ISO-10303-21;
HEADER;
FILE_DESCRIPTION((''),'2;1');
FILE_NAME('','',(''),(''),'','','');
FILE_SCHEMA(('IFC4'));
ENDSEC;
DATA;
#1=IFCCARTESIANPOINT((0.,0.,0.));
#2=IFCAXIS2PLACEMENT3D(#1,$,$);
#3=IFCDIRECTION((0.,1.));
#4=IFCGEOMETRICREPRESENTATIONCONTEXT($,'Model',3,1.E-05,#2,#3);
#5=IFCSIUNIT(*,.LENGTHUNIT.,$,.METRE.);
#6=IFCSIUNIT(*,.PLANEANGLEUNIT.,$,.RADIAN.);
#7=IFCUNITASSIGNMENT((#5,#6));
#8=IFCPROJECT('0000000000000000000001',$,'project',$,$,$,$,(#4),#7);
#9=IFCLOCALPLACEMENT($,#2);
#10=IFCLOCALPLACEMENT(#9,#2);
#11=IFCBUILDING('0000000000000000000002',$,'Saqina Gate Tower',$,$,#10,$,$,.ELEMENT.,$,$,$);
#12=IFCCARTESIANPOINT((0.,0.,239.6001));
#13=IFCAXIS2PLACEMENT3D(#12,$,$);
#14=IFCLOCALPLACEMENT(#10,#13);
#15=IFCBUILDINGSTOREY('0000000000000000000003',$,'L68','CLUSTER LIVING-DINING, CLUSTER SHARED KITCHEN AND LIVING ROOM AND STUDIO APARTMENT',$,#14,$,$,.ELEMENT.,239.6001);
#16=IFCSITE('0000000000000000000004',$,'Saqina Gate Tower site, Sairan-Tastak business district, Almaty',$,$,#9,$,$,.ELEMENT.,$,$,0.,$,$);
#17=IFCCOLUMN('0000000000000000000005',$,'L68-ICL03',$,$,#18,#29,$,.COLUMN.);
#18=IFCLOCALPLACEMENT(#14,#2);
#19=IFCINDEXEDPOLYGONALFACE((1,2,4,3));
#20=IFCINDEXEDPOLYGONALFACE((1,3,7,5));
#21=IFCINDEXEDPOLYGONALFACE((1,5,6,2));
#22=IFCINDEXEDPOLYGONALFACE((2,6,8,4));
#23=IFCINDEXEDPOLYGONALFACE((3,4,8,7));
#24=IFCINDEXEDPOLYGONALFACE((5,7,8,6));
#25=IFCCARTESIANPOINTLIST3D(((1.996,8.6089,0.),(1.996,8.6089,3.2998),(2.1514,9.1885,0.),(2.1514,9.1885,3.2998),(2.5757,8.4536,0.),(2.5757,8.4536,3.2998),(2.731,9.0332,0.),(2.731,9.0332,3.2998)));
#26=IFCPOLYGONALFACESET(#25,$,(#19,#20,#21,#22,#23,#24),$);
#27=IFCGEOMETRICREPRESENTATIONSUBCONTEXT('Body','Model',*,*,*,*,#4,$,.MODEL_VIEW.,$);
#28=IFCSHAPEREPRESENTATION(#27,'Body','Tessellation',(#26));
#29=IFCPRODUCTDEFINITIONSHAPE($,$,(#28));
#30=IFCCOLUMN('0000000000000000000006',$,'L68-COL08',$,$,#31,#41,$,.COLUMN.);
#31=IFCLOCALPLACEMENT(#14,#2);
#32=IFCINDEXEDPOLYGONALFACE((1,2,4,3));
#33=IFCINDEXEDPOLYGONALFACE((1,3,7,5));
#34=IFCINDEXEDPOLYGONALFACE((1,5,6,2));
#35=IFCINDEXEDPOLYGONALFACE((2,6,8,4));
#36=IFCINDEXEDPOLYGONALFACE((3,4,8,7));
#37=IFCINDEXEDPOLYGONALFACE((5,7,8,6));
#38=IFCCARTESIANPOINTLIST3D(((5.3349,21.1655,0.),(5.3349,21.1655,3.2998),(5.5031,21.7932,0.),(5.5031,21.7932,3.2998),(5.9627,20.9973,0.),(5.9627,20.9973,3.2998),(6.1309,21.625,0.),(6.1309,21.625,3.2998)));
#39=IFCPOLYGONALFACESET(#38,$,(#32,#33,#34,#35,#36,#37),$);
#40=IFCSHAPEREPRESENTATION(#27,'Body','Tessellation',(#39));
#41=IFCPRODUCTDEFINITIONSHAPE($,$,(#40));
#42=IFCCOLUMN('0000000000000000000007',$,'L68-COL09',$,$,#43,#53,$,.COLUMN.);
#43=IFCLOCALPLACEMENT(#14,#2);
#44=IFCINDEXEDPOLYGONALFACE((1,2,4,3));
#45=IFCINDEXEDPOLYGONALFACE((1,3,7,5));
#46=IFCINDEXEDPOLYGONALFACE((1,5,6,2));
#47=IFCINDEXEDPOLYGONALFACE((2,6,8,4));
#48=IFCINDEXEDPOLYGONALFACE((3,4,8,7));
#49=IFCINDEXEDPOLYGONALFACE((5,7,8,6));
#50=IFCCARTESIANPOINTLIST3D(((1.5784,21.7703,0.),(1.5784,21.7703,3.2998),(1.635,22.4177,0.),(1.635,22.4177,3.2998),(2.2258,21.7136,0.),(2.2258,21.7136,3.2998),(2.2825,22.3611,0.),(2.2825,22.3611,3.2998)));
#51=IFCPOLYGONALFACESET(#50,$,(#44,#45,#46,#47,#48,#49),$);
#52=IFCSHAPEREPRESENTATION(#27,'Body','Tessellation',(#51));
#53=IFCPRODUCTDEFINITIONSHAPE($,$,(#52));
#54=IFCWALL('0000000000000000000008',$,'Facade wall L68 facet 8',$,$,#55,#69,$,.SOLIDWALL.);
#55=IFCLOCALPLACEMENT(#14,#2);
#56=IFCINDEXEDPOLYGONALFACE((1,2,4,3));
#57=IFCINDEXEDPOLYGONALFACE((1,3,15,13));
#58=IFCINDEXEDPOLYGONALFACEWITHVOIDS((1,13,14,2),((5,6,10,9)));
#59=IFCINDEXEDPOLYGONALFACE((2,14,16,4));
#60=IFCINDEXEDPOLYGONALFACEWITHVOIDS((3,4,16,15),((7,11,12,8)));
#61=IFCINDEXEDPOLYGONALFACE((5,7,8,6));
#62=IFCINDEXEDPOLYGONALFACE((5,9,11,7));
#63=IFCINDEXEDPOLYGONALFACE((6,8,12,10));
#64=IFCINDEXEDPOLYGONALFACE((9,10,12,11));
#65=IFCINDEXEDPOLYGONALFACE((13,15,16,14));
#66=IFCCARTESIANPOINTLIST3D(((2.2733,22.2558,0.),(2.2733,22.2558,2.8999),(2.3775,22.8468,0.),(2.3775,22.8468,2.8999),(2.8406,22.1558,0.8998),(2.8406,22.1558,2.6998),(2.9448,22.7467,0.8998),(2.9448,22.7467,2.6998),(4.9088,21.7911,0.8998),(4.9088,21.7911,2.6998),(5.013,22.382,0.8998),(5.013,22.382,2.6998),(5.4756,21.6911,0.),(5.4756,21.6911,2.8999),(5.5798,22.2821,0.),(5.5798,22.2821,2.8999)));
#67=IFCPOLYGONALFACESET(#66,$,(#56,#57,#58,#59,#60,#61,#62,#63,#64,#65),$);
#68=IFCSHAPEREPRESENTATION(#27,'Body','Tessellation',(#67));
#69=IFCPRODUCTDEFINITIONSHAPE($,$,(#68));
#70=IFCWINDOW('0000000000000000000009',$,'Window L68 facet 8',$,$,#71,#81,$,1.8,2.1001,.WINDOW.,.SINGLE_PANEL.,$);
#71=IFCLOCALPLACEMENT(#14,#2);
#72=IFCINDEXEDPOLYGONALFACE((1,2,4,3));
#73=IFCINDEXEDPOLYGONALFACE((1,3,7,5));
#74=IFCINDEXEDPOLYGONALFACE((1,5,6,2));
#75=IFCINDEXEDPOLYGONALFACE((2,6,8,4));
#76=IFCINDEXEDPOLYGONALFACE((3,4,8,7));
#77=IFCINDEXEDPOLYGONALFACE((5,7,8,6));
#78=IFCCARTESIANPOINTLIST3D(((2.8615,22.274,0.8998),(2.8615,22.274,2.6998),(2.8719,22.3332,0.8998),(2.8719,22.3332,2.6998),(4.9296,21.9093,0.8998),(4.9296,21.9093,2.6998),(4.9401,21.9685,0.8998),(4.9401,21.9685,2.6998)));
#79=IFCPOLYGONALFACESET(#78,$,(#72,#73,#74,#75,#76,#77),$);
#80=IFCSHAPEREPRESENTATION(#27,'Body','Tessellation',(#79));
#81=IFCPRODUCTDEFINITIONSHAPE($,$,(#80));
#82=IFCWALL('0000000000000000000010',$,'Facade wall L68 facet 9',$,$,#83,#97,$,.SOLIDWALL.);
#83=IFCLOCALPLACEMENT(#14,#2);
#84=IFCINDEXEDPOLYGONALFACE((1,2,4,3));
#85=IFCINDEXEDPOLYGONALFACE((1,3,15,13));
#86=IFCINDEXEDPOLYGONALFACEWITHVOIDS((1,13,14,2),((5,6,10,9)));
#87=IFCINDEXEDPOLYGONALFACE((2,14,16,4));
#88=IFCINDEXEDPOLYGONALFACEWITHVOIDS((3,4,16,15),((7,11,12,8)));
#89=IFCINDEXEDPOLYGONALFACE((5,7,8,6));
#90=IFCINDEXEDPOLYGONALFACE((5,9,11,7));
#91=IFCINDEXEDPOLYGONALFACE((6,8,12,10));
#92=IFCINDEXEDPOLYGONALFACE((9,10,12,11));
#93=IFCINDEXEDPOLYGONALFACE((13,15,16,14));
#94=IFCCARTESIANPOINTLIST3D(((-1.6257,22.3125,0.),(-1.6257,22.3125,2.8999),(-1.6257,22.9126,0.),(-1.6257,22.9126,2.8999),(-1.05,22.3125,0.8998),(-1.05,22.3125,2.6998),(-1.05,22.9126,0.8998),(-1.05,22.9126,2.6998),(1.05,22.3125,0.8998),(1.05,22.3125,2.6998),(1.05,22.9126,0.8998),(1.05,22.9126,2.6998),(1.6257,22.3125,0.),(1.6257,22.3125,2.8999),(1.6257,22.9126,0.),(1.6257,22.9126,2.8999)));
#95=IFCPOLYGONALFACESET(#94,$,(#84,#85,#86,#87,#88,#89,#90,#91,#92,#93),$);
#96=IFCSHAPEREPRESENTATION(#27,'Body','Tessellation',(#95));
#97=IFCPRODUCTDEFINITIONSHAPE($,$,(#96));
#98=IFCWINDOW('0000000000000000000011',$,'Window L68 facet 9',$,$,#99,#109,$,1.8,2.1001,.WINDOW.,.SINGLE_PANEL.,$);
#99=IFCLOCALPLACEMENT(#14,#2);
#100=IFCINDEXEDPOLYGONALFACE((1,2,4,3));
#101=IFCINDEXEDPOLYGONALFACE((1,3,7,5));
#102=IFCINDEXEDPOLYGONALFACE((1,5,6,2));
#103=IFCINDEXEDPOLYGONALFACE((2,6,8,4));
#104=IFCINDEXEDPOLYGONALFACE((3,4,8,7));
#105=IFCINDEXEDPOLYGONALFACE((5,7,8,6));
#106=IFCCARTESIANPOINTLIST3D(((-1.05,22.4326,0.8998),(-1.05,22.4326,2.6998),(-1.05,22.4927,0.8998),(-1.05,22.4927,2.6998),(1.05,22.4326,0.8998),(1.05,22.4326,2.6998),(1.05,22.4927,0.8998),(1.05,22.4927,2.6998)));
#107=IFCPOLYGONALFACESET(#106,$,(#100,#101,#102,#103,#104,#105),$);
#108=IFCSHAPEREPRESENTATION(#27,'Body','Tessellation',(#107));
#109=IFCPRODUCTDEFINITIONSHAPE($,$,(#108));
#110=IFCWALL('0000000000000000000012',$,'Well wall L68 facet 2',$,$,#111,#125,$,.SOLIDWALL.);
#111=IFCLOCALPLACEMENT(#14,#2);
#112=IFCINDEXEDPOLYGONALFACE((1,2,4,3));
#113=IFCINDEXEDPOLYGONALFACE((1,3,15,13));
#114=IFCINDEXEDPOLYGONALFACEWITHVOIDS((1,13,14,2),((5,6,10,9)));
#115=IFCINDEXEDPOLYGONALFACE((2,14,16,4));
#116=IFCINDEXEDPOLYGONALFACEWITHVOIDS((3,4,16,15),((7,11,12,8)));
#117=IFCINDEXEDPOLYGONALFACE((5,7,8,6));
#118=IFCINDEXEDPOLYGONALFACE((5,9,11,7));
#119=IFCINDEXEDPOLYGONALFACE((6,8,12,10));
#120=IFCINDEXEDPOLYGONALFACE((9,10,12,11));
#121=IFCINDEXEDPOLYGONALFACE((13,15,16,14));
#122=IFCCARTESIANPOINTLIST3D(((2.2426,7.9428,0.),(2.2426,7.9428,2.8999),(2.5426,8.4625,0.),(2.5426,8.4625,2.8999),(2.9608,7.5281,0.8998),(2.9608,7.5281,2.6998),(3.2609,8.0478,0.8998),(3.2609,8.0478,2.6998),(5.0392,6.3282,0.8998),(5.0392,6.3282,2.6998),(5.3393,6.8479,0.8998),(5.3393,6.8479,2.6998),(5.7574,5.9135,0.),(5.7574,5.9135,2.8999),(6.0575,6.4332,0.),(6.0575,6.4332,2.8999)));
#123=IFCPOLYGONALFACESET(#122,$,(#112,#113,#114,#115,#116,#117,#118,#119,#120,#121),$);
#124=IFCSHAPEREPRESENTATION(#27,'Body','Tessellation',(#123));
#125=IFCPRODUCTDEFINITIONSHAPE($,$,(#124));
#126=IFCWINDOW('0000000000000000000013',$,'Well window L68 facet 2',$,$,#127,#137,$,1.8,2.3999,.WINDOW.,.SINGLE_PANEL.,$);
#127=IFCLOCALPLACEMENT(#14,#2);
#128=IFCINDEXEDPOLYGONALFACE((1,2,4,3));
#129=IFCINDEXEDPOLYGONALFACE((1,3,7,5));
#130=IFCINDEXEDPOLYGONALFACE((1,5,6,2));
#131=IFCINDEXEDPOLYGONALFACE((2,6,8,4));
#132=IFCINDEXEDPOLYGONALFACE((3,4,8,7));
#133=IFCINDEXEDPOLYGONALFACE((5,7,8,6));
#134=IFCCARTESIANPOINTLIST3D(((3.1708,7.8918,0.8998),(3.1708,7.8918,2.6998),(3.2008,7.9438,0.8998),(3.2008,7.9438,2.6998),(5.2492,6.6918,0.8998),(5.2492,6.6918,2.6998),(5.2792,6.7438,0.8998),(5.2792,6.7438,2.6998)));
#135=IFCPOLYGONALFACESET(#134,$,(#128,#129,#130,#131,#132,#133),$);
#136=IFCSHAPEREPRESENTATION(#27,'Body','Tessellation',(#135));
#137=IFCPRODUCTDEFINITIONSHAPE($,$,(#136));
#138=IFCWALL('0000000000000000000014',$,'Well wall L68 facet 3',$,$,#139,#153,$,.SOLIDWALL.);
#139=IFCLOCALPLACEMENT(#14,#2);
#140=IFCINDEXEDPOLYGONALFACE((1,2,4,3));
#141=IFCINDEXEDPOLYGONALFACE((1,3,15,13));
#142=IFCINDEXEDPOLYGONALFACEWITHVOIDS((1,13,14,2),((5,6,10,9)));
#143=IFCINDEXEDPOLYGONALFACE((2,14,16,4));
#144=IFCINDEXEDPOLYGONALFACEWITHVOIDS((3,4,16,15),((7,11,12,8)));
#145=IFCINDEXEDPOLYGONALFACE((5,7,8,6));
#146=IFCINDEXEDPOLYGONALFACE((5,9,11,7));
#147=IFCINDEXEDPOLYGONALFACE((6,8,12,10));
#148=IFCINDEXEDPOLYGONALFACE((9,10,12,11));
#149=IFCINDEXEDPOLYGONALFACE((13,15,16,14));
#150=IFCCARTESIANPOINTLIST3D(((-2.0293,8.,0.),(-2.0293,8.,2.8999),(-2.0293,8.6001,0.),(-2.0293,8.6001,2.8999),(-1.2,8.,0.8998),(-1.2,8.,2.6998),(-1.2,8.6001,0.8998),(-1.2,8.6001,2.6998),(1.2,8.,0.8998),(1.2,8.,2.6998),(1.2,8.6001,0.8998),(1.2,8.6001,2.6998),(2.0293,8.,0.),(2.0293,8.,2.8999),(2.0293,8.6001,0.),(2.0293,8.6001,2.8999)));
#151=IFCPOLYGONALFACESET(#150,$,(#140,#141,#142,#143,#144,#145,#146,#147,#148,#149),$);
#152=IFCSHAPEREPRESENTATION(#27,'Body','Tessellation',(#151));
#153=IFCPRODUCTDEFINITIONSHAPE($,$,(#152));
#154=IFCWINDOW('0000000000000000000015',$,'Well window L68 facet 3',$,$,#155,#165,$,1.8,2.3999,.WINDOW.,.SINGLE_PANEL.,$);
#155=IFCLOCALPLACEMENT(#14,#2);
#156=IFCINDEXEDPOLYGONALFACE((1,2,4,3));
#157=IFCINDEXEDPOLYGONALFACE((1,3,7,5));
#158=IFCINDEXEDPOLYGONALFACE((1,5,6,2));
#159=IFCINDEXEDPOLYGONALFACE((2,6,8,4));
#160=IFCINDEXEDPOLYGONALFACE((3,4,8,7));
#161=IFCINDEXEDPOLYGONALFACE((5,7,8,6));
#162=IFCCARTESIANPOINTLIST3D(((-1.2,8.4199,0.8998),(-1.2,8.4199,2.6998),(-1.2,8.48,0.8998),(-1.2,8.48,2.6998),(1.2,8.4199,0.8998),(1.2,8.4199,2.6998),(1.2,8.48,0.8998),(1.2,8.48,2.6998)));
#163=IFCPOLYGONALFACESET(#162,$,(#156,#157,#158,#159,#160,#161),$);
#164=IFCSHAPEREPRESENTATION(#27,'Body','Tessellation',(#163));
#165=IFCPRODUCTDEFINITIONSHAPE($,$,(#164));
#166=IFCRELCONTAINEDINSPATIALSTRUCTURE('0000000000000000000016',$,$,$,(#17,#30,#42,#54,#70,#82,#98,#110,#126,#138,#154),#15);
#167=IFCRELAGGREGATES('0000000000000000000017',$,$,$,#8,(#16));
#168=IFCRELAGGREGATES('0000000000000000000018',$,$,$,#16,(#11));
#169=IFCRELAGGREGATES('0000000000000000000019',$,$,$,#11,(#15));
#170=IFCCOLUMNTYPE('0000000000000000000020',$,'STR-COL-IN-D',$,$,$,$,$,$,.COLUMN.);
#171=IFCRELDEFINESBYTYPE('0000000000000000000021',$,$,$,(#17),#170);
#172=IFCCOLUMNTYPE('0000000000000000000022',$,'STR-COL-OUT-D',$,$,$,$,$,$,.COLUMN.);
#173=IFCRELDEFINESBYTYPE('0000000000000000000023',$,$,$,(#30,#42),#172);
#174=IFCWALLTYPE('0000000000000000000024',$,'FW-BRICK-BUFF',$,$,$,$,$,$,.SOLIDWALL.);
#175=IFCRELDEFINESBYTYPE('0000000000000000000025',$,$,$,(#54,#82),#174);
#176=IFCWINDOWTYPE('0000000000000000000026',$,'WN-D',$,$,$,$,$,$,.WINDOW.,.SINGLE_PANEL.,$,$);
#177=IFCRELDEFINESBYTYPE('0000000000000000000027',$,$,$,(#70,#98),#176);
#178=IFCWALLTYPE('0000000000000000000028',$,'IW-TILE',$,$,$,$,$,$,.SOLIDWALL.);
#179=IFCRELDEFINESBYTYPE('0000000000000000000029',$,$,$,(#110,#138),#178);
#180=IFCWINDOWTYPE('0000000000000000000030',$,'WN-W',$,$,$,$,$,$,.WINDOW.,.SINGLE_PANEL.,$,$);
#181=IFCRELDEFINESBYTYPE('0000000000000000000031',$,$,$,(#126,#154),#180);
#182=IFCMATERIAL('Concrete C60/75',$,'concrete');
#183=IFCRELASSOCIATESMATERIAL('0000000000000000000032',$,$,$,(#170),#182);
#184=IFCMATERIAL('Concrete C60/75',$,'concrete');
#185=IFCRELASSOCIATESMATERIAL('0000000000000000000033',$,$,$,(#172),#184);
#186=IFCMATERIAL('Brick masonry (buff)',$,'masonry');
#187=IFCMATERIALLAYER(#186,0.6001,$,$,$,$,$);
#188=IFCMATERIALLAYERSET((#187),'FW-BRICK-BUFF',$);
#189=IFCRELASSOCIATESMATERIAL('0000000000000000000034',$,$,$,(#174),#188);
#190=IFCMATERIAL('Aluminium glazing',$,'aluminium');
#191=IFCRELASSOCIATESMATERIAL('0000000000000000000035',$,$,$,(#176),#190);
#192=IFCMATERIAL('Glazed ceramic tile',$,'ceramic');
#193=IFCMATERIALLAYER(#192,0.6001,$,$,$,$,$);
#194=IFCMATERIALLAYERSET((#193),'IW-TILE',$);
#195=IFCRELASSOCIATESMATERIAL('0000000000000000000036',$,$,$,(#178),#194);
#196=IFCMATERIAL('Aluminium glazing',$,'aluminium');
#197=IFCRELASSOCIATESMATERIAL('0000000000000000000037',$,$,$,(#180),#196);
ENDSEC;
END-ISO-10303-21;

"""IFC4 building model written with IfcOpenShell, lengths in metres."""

from ifc_helpers import new_model, si_unit, direction, frame, frame_2d, origin, origin_2d, place, context, subcontext, project, spatial, rectangle, extrude, material, layer, layer_set, material_profile, profile_set, type_object, element, fill, save


model = new_model("IFC4")

# Units and contexts
model_context = context("Model", 3, precision=1e-05, world=origin(), true_north=direction((0.0, 1.0)))
body_context = subcontext(model_context, "Body", "Model", "MODEL_VIEW")
ifc_project = project(units=[si_unit("LENGTHUNIT", "METRE"), si_unit("PLANEANGLEUNIT", "RADIAN")], contexts=[model_context])

# Site, building, storey
site_placement = place(None, origin())
site = spatial("IfcSite", under=ifc_project, at=site_placement, Name="Saqina Gate Tower site, Sairan-Tastak business district, Almaty", CompositionType="ELEMENT", RefElevation=0.0)
building_placement = place(site_placement, origin())
building = spatial("IfcBuilding", under=site, at=building_placement, Name="Saqina Gate Tower", CompositionType="ELEMENT")
storey_placement = place(building_placement, frame((0.0, 0.0, 239.6001)))
storey = spatial("IfcBuildingStorey", under=building, at=storey_placement, Name="L68", Description="CLUSTER LIVING-DINING, CLUSTER SHARED KITCHEN AND LIVING ROOM AND STUDIO APARTMENT", CompositionType="ELEMENT", Elevation=239.6001)

# Columns
ifc_material_1 = material(Name="Concrete C60/75", Category="concrete")
ifc_material_profile_1 = material_profile(ifc_material_1, rectangle(XDim=0.6001, YDim=0.6001, at=origin_2d()), Name="RC 600x600")
ifc_profile_set_1 = profile_set([ifc_material_profile_1], Name="Concrete C60/75")
column_type_1 = type_object("IfcColumnType", Name="STR-COL-IN-D", PredefinedType="COLUMN", material=ifc_profile_set_1)
column_placement = place(storey_placement, frame((2.3635, 8.821, 0.0), z_axis=(0.0, 0.0, 1.0), x_axis=(0.258819, 0.965926, 0.0)))
element("IfcColumn", 1, at=column_placement, inside=storey, type_object=column_type_1, Name="L68-ICL03", PredefinedType="COLUMN", context=body_context, shape_type="SweptSolid", body=[
    extrude(rectangle(XDim=0.6001, YDim=0.6001, at=origin_2d()), origin(), (0.0, 0.0, 1.0), 3.2998),
])
ifc_material_2 = material(Name="Concrete C60/75", Category="concrete")
ifc_material_profile_2 = material_profile(ifc_material_2, rectangle(XDim=0.6499, YDim=0.6499, at=origin_2d()), Name="RC 650x650")
ifc_profile_set_2 = profile_set([ifc_material_profile_2], Name="Concrete C60/75")
column_type_2 = type_object("IfcColumnType", Name="STR-COL-OUT-D", PredefinedType="COLUMN", material=ifc_profile_set_2)
for number, where, z_axis, x_axis, name in (
    (2, (5.7329, 21.3953, 0.0), (0.0, 0.0, 1.0), (0.258819, 0.965926, 0.0), "L68-COL08"),
    (3, (1.9304, 22.0657, 0.0), (0.0, 0.0, 1.0), (0.087156, 0.996195, 0.0), "L68-COL09"),
):
    element("IfcColumn", number, at=place(storey_placement, frame(where, z_axis=z_axis, x_axis=x_axis)), inside=storey, type_object=column_type_2, Name=name, PredefinedType="COLUMN", context=body_context, shape_type="SweptSolid", body=[
        extrude(rectangle(XDim=0.6499, YDim=0.6499, at=origin_2d()), origin(), (0.0, 0.0, 1.0), 3.2998),
    ])

# Walls, openings, windows
ifc_material_3 = material(Name="Brick masonry (buff)", Category="masonry")
ifc_layer_1 = layer(ifc_material_3, 0.6001)
ifc_layer_set_1 = layer_set([ifc_layer_1], Name="FW-BRICK-BUFF")
wall_type_1 = type_object("IfcWallType", Name="FW-BRICK-BUFF", PredefinedType="SOLIDWALL", material=ifc_layer_set_1)
wall_1_placement = place(storey_placement, frame((5.5278, 21.9866, 0.0), z_axis=(0.0, 0.0, 1.0), x_axis=(-0.984806, 0.173657, 0.0)))
wall_1 = element("IfcWall", 4, at=wall_1_placement, inside=storey, type_object=wall_type_1, Name="Facade wall L68 facet 8", PredefinedType="SOLIDWALL", context=body_context, shape_type="SweptSolid", body=[
    extrude(rectangle(XDim=3.2517, YDim=0.6001, at=frame_2d((1.626, 0.0))), origin(), (0.0, 0.0, 1.0), 2.8999),
])
opening_1_placement = place(wall_1_placement, frame((0.5757, 0.0, 0.8999)))
opening_1 = element("IfcOpeningElement", 5, at=opening_1_placement, cuts=wall_1, PredefinedType="OPENING", context=body_context, shape_type="SweptSolid", body=[
    extrude(rectangle(XDim=2.1001, YDim=1.8, at=frame_2d((1.05, 0.8999))), frame((0.0, 0.312, 0.0), z_axis=(0.0, -1.0, 0.0), x_axis=(1.0, 0.0, 0.0)), (0.0, 0.0, 1.0), 0.624),
])
ifc_material_4 = material(Name="Aluminium glazing", Category="aluminium")
window_type_1 = type_object("IfcWindowType", Name="WN-D", PartitioningType="SINGLE_PANEL", PredefinedType="WINDOW", material=ifc_material_4)
window_1_placement = place(opening_1_placement, origin())
window_1 = element("IfcWindow", 6, at=window_1_placement, inside=storey, type_object=window_type_1, Name="Window L68 facet 8", OverallHeight=1.8, OverallWidth=2.1001, PartitioningType="SINGLE_PANEL", PredefinedType="WINDOW", context=body_context, shape_type="SweptSolid", body=[
    extrude(rectangle(XDim=2.1001, YDim=1.8, at=frame_2d((1.05, 0.8999))), frame((0.0, 0.1799, 0.0), z_axis=(0.0, -1.0, 0.0), x_axis=(1.0, 0.0, 0.0)), (0.0, 0.0, 1.0), 0.0601),
])
fill(opening_1, window_1)
wall_2_placement = place(storey_placement, frame((1.6257, 22.6125, 0.0), z_axis=(0.0, 0.0, 1.0), x_axis=(-1.0, 0.0, 0.0)))
wall_2 = element("IfcWall", 7, at=wall_2_placement, inside=storey, type_object=wall_type_1, Name="Facade wall L68 facet 9", PredefinedType="SOLIDWALL", context=body_context, shape_type="SweptSolid", body=[
    extrude(rectangle(XDim=3.2515, YDim=0.6001, at=frame_2d((1.6257, 0.0))), origin(), (0.0, 0.0, 1.0), 2.8999),
])
opening_2_placement = place(wall_2_placement, frame((0.5757, 0.0, 0.8999)))
opening_2 = element("IfcOpeningElement", 8, at=opening_2_placement, cuts=wall_2, PredefinedType="OPENING", context=body_context, shape_type="SweptSolid", body=[
    extrude(rectangle(XDim=2.1001, YDim=1.8, at=frame_2d((1.05, 0.8999))), frame((0.0, 0.312, 0.0), z_axis=(0.0, -1.0, 0.0), x_axis=(1.0, 0.0, 0.0)), (0.0, 0.0, 1.0), 0.624),
])
window_2_placement = place(opening_2_placement, origin())
window_2 = element("IfcWindow", 9, at=window_2_placement, inside=storey, type_object=window_type_1, Name="Window L68 facet 9", OverallHeight=1.8, OverallWidth=2.1001, PartitioningType="SINGLE_PANEL", PredefinedType="WINDOW", context=body_context, shape_type="SweptSolid", body=[
    extrude(rectangle(XDim=2.1001, YDim=1.8, at=frame_2d((1.05, 0.8999))), frame((0.0, 0.1799, 0.0), z_axis=(0.0, -1.0, 0.0), x_axis=(1.0, 0.0, 0.0)), (0.0, 0.0, 1.0), 0.0601),
])
fill(opening_2, window_2)
ifc_material_5 = material(Name="Glazed ceramic tile", Category="ceramic")
ifc_layer_2 = layer(ifc_material_5, 0.6001)
ifc_layer_set_2 = layer_set([ifc_layer_2], Name="IW-TILE")
wall_type_2 = type_object("IfcWallType", Name="IW-TILE", PredefinedType="SOLIDWALL", material=ifc_layer_set_2)
wall_3_placement = place(storey_placement, frame((5.9075, 6.1733, 0.0), z_axis=(0.0, 0.0, 1.0), x_axis=(-0.866028, 0.499995, 0.0)))
wall_3 = element("IfcWall", 10, at=wall_3_placement, inside=storey, type_object=wall_type_2, Name="Well wall L68 facet 2", PredefinedType="SOLIDWALL", context=body_context, shape_type="SweptSolid", body=[
    extrude(rectangle(XDim=4.0586, YDim=0.6001, at=frame_2d((2.0293, 0.0))), origin(), (0.0, 0.0, 1.0), 2.8999),
])
opening_3_placement = place(wall_3_placement, frame((0.8293, 0.0, 0.8999)))
opening_3 = element("IfcOpeningElement", 11, at=opening_3_placement, cuts=wall_3, PredefinedType="OPENING", context=body_context, shape_type="SweptSolid", body=[
    extrude(rectangle(XDim=2.3999, YDim=1.8, at=frame_2d((1.2, 0.8999))), frame((0.0, 0.312, 0.0), z_axis=(0.0, -1.0, 0.0), x_axis=(1.0, 0.0, 0.0)), (0.0, 0.0, 1.0), 0.624),
])
ifc_material_6 = material(Name="Aluminium glazing", Category="aluminium")
window_type_2 = type_object("IfcWindowType", Name="WN-W", PartitioningType="SINGLE_PANEL", PredefinedType="WINDOW", material=ifc_material_6)
window_3_placement = place(opening_3_placement, origin())
window_3 = element("IfcWindow", 12, at=window_3_placement, inside=storey, type_object=window_type_2, Name="Well window L68 facet 2", OverallHeight=1.8, OverallWidth=2.3999, PartitioningType="SINGLE_PANEL", PredefinedType="WINDOW", context=body_context, shape_type="SweptSolid", body=[
    extrude(rectangle(XDim=2.3999, YDim=1.8, at=frame_2d((1.2, 0.8999))), frame((0.0, -0.1199, 0.0), z_axis=(0.0, -1.0, 0.0), x_axis=(1.0, 0.0, 0.0)), (0.0, 0.0, 1.0), 0.0601),
])
fill(opening_3, window_3)
wall_4_placement = place(storey_placement, frame((2.0293, 8.3, 0.0), z_axis=(0.0, 0.0, 1.0), x_axis=(-1.0, 0.0, 0.0)))
wall_4 = element("IfcWall", 13, at=wall_4_placement, inside=storey, type_object=wall_type_2, Name="Well wall L68 facet 3", PredefinedType="SOLIDWALL", context=body_context, shape_type="SweptSolid", body=[
    extrude(rectangle(XDim=4.0586, YDim=0.6001, at=frame_2d((2.0293, 0.0))), origin(), (0.0, 0.0, 1.0), 2.8999),
])
opening_4_placement = place(wall_4_placement, frame((0.8293, 0.0, 0.8999)))
opening_4 = element("IfcOpeningElement", 14, at=opening_4_placement, cuts=wall_4, PredefinedType="OPENING", context=body_context, shape_type="SweptSolid", body=[
    extrude(rectangle(XDim=2.3999, YDim=1.8, at=frame_2d((1.2, 0.8999))), frame((0.0, 0.312, 0.0), z_axis=(0.0, -1.0, 0.0), x_axis=(1.0, 0.0, 0.0)), (0.0, 0.0, 1.0), 0.624),
])
window_4_placement = place(opening_4_placement, origin())
window_4 = element("IfcWindow", 15, at=window_4_placement, inside=storey, type_object=window_type_2, Name="Well window L68 facet 3", OverallHeight=1.8, OverallWidth=2.3999, PartitioningType="SINGLE_PANEL", PredefinedType="WINDOW", context=body_context, shape_type="SweptSolid", body=[
    extrude(rectangle(XDim=2.3999, YDim=1.8, at=frame_2d((1.2, 0.8999))), frame((0.0, -0.1199, 0.0), z_axis=(0.0, -1.0, 0.0), x_axis=(1.0, 0.0, 0.0)), (0.0, 0.0, 1.0), 0.0601),
])
fill(opening_4, window_4)

save(model, "model.ifc")
